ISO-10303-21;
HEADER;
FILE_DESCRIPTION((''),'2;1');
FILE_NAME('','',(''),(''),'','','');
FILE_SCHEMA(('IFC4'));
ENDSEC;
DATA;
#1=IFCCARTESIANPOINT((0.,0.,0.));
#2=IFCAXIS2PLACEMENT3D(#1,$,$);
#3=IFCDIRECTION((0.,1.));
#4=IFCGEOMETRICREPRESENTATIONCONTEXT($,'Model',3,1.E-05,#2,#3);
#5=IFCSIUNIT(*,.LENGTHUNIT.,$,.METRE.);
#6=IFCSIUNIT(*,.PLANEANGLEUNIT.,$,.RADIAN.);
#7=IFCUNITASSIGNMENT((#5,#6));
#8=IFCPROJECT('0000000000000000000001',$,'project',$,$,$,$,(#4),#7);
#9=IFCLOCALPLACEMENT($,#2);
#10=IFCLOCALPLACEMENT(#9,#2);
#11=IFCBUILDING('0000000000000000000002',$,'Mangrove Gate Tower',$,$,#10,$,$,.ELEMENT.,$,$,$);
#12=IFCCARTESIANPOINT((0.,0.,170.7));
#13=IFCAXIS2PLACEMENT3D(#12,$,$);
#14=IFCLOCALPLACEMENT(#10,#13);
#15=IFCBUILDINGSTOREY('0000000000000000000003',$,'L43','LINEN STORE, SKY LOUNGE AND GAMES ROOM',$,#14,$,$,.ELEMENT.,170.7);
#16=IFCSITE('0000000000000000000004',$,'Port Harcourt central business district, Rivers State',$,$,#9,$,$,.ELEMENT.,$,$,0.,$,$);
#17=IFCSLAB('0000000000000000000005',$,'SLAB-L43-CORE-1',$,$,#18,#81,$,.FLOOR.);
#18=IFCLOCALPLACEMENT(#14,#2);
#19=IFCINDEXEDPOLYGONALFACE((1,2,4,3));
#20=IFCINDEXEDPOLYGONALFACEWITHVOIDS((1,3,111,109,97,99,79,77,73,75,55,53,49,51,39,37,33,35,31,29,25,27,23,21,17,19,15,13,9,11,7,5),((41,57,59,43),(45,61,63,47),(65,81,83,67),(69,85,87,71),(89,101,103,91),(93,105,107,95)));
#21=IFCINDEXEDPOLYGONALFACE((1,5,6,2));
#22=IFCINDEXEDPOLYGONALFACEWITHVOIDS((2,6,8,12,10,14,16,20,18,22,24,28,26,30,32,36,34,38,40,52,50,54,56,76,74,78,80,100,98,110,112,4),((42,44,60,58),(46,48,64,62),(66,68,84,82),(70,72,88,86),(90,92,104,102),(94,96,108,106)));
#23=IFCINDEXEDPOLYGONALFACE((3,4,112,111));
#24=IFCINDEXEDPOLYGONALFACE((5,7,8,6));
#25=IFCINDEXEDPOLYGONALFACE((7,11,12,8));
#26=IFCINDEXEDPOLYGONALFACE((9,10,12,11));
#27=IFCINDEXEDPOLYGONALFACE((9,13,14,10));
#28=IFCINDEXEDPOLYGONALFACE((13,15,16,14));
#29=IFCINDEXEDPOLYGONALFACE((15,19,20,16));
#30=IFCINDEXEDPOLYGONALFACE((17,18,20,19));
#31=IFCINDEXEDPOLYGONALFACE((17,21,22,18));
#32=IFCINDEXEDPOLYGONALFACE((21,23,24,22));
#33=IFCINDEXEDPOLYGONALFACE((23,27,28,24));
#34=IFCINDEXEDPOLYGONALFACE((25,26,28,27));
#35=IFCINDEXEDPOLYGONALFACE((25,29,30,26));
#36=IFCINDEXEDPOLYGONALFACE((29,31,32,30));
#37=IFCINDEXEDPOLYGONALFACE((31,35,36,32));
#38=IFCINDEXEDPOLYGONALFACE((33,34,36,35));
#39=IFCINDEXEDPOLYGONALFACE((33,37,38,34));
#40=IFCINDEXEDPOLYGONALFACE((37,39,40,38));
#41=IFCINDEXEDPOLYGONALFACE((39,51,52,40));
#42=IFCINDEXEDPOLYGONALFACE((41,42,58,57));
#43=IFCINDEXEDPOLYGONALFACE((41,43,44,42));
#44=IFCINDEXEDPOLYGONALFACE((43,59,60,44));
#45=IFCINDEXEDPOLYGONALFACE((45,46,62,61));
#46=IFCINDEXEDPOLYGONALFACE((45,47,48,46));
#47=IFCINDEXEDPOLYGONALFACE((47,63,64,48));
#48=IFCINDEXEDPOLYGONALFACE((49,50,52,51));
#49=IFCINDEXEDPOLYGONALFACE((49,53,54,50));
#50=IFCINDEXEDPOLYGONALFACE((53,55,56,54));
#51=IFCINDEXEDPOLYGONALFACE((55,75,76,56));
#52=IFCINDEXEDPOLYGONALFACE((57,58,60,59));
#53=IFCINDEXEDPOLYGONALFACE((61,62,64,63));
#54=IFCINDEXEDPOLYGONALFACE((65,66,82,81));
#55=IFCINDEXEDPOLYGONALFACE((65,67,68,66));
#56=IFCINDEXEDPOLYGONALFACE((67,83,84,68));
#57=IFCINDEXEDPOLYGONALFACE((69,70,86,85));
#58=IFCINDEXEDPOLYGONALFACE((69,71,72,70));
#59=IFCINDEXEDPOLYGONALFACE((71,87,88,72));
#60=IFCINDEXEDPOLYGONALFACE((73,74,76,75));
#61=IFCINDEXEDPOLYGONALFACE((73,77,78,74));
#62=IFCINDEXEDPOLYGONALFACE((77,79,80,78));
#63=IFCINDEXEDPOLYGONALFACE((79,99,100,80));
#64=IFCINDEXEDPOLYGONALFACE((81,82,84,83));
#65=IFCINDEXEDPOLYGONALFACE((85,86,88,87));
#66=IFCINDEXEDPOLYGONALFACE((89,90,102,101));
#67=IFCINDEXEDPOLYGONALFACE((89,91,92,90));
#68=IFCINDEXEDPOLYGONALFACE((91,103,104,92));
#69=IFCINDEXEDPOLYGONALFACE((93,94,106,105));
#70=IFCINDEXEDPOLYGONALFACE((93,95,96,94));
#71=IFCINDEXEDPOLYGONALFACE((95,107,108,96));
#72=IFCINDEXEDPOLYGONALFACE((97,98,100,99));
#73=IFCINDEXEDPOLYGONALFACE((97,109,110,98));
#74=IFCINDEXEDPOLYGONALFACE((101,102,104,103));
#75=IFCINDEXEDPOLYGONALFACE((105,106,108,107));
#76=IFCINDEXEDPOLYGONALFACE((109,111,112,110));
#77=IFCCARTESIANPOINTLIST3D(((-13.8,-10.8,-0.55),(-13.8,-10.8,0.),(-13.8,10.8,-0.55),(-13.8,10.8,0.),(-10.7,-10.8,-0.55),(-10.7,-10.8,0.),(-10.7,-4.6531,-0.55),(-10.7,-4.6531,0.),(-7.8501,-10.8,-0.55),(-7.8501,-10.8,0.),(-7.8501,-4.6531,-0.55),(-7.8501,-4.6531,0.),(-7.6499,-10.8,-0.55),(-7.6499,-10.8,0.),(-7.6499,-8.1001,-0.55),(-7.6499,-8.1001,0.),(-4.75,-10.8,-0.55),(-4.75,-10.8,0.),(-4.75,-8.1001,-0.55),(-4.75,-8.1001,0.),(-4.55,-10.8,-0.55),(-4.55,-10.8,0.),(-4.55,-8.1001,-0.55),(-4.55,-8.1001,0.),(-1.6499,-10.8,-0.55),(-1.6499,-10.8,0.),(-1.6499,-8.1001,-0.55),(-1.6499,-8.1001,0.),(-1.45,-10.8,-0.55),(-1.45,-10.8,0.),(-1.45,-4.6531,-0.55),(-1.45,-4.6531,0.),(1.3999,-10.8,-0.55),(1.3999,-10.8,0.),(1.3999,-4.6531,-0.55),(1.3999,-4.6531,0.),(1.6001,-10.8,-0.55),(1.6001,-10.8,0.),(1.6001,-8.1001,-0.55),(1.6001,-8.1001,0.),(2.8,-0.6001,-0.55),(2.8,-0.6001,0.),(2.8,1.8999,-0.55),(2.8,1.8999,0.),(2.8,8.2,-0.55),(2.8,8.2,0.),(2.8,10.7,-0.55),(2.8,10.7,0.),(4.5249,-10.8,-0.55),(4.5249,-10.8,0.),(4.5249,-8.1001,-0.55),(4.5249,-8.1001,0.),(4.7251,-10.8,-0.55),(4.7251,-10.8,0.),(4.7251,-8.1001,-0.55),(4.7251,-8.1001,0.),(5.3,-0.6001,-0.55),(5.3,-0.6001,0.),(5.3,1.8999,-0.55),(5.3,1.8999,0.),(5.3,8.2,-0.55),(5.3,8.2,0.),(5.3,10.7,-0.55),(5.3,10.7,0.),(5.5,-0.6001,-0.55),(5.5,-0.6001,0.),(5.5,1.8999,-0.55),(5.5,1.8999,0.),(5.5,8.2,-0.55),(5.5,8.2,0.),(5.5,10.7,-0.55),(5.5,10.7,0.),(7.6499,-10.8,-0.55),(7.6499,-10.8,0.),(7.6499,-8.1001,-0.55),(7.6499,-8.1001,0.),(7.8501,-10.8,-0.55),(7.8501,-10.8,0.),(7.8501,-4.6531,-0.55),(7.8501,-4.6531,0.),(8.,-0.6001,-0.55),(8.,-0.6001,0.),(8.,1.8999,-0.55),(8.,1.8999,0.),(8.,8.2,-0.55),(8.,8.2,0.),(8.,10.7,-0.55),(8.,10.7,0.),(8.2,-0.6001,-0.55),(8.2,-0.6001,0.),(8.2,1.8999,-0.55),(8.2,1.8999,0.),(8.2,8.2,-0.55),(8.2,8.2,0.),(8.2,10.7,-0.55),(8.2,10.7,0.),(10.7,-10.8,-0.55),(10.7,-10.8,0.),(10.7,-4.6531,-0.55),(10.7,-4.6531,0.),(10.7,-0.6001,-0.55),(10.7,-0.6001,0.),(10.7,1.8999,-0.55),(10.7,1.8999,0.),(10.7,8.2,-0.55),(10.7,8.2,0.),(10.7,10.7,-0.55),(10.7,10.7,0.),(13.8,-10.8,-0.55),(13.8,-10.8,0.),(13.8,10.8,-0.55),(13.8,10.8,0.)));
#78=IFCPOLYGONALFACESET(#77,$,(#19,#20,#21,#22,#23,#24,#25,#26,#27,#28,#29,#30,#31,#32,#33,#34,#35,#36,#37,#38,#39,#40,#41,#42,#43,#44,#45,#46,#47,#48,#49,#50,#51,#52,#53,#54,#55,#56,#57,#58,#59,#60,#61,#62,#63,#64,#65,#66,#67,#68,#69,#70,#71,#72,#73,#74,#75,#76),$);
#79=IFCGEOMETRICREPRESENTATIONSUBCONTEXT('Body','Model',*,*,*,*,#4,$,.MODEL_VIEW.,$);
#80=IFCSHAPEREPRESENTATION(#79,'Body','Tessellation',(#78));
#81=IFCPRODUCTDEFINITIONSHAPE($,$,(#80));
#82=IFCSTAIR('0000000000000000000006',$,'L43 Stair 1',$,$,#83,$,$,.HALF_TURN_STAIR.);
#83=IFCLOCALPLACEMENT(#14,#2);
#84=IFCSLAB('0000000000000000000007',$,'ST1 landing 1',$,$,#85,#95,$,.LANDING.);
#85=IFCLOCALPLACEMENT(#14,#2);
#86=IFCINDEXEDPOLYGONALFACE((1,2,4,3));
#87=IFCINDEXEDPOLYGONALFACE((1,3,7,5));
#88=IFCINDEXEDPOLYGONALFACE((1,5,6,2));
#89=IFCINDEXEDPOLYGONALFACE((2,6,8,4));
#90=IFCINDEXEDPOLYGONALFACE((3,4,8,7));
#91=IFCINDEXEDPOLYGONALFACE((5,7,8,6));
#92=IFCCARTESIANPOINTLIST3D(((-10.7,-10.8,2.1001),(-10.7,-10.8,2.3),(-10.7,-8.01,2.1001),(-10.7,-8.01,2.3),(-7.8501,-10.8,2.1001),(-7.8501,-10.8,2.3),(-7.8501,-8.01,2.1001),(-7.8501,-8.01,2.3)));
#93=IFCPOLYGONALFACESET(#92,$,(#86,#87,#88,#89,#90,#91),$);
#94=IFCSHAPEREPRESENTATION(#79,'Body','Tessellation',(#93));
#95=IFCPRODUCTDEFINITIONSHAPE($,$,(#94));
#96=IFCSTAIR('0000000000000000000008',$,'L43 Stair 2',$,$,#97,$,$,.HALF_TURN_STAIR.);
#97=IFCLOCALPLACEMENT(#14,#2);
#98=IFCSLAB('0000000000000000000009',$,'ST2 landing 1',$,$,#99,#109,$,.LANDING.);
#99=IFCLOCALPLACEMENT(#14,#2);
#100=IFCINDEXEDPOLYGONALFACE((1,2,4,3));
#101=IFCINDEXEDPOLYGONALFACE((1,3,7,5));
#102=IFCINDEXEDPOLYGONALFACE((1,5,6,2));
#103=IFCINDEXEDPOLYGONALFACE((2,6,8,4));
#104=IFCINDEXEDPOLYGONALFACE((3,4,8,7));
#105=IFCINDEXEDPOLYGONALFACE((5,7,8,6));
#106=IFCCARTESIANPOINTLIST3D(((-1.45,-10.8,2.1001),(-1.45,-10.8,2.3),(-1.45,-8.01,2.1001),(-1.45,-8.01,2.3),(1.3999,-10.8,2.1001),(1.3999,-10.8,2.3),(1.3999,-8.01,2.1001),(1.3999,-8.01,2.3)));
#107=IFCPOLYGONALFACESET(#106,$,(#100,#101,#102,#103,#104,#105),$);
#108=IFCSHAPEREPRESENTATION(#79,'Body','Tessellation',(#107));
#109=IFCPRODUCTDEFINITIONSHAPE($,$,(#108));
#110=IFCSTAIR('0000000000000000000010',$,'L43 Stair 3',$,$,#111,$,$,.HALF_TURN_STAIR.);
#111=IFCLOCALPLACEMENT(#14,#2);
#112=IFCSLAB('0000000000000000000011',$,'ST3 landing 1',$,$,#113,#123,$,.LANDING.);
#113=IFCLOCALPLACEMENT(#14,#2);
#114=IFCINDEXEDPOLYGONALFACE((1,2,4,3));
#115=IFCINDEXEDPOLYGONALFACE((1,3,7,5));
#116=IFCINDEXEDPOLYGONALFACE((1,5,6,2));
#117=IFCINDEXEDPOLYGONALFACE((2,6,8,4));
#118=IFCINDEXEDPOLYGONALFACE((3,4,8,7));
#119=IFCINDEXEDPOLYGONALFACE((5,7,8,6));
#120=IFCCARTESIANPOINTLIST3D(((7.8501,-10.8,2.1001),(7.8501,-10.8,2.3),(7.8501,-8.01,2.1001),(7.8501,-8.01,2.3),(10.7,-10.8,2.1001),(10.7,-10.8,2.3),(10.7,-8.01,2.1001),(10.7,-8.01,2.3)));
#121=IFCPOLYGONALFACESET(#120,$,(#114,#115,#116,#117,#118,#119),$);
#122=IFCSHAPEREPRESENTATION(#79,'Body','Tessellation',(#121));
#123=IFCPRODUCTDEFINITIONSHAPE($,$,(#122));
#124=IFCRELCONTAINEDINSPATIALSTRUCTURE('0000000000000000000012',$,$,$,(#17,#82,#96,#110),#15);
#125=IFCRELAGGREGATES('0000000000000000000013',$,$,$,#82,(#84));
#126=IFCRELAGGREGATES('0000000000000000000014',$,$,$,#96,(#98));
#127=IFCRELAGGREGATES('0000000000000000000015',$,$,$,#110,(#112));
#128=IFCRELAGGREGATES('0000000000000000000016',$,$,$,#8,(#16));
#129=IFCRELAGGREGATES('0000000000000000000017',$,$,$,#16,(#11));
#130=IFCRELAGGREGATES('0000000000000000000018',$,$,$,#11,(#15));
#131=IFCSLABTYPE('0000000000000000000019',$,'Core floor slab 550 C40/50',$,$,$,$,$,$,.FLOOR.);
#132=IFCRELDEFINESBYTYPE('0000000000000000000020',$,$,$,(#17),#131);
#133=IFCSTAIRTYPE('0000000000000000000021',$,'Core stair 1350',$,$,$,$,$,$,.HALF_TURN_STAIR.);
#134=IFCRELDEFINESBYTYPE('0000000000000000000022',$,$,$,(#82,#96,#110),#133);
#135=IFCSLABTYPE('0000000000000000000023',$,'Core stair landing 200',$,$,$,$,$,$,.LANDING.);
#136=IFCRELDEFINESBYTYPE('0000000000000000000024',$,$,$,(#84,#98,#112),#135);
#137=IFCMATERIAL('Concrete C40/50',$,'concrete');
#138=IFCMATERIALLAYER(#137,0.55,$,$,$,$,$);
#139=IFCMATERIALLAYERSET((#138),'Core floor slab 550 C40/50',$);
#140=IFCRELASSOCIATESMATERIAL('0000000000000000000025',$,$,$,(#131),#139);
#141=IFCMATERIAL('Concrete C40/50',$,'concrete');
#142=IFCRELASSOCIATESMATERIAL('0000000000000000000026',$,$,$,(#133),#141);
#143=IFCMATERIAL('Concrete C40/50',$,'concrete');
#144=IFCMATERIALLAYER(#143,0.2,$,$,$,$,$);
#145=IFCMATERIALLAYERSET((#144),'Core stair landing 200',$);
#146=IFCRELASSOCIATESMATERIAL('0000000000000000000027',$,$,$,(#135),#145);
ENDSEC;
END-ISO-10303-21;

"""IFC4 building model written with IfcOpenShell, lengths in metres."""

from ifc_helpers import new_model, si_unit, direction, frame, origin, place, context, subcontext, project, spatial, polyline, outline, extrude, material, layer, layer_set, type_object, element, aggregate, save


model = new_model("IFC4")

# Units and contexts
model_context = context("Model", 3, precision=1e-05, world=origin(), true_north=direction((0.0, 1.0)))
body_context = subcontext(model_context, "Body", "Model", "MODEL_VIEW")
ifc_project = project(units=[si_unit("LENGTHUNIT", "METRE"), si_unit("PLANEANGLEUNIT", "RADIAN")], contexts=[model_context])

# Site, building, storey
site_placement = place(None, origin())
site = spatial("IfcSite", under=ifc_project, at=site_placement, Name="Port Harcourt central business district, Rivers State", CompositionType="ELEMENT", RefElevation=0.0)
building_placement = place(site_placement, origin())
building = spatial("IfcBuilding", under=site, at=building_placement, Name="Mangrove Gate Tower", CompositionType="ELEMENT")
storey_placement = place(building_placement, frame((0.0, 0.0, 170.7)))
storey = spatial("IfcBuildingStorey", under=building, at=storey_placement, Name="L43", Description="LINEN STORE, SKY LOUNGE AND GAMES ROOM", CompositionType="ELEMENT", Elevation=170.7)

# Slab
ifc_material_1 = material(Name="Concrete C40/50", Category="concrete")
ifc_layer_1 = layer(ifc_material_1, 0.55)
ifc_layer_set_1 = layer_set([ifc_layer_1], Name="Core floor slab 550 C40/50")
slab_type_1 = type_object("IfcSlabType", Name="Core floor slab 550 C40/50", PredefinedType="FLOOR", material=ifc_layer_set_1)
slab_1_placement = place(storey_placement, frame((0.0, 0.0, -0.55)))
element("IfcSlab", 1, at=slab_1_placement, inside=storey, type_object=slab_type_1, Name="SLAB-L43-CORE-1", PredefinedType="FLOOR", context=body_context, shape_type="SweptSolid", body=[
    extrude(outline(polyline([(-13.8, -10.8), (-13.8, 10.8), (13.8, 10.8), (13.8, -10.8), (10.7, -10.8), (10.7, -4.6531), (7.8501, -4.6531), (7.8501, -10.8), (7.6499, -10.8), (7.6499, -8.1001), (4.7251, -8.1001), (4.7251, -10.8), (4.5249, -10.8), (4.5249, -8.1001), (1.6001, -8.1001), (1.6001, -10.8), (1.3999, -10.8), (1.3999, -4.6531), (-1.45, -4.6531), (-1.45, -10.8), (-1.6499, -10.8), (-1.6499, -8.1001), (-4.55, -8.1001), (-4.55, -10.8), (-4.75, -10.8), (-4.75, -8.1001), (-7.6499, -8.1001), (-7.6499, -10.8), (-7.8501, -10.8), (-7.8501, -4.6531), (-10.7, -4.6531), (-10.7, -10.8), (-13.8, -10.8)]), holes=[polyline([(5.3, -0.6001), (5.3, 1.8999), (2.8, 1.8999), (2.8, -0.6001), (5.3, -0.6001)]), polyline([(5.3, 10.7), (2.8, 10.7), (2.8, 8.2), (5.3, 8.2), (5.3, 10.7)]), polyline([(8.0, -0.6001), (8.0, 1.8999), (5.5, 1.8999), (5.5, -0.6001), (8.0, -0.6001)]), polyline([(10.7, -0.6001), (10.7, 1.8999), (8.2, 1.8999), (8.2, -0.6001), (10.7, -0.6001)]), polyline([(8.0, 8.2), (8.0, 10.7), (5.5, 10.7), (5.5, 8.2), (8.0, 8.2)]), polyline([(10.7, 8.2), (10.7, 10.7), (8.2, 10.7), (8.2, 8.2), (10.7, 8.2)])]), origin(), (0.0, 0.0, 1.0), 0.55),
])

# Stairs, slabs
ifc_material_2 = material(Name="Concrete C40/50", Category="concrete")
stair_type = type_object("IfcStairType", Name="Core stair 1350", PredefinedType="HALF_TURN_STAIR", material=ifc_material_2)
stair_1_placement = place(storey_placement, origin())
stair_1 = element("IfcStair", 2, at=stair_1_placement, inside=storey, type_object=stair_type, Name="L43 Stair 1", PredefinedType="HALF_TURN_STAIR")
ifc_material_3 = material(Name="Concrete C40/50", Category="concrete")
ifc_layer_2 = layer(ifc_material_3, 0.2)
ifc_layer_set_2 = layer_set([ifc_layer_2], Name="Core stair landing 200")
slab_type_2 = type_object("IfcSlabType", Name="Core stair landing 200", PredefinedType="LANDING", material=ifc_layer_set_2)
slab_2_placement = place(storey_placement, frame((0.0, 0.0, 2.1001)))
slab_2 = element("IfcSlab", 3, at=slab_2_placement, type_object=slab_type_2, Name="ST1 landing 1", PredefinedType="LANDING", context=body_context, shape_type="SweptSolid", body=[
    extrude(outline(polyline([(-10.7, -8.01), (-10.7, -10.8), (-7.8501, -10.8), (-7.8501, -8.01), (-10.7, -8.01)])), origin(), (0.0, 0.0, 1.0), 0.2),
])
aggregate(stair_1, [slab_2])
stair_2_placement = place(storey_placement, origin())
stair_2 = element("IfcStair", 4, at=stair_2_placement, inside=storey, type_object=stair_type, Name="L43 Stair 2", PredefinedType="HALF_TURN_STAIR")
slab_3_placement = place(storey_placement, frame((0.0, 0.0, 2.1001)))
slab_3 = element("IfcSlab", 5, at=slab_3_placement, type_object=slab_type_2, Name="ST2 landing 1", PredefinedType="LANDING", context=body_context, shape_type="SweptSolid", body=[
    extrude(outline(polyline([(-1.45, -8.01), (-1.45, -10.8), (1.3999, -10.8), (1.3999, -8.01), (-1.45, -8.01)])), origin(), (0.0, 0.0, 1.0), 0.2),
])
aggregate(stair_2, [slab_3])
stair_3_placement = place(storey_placement, origin())
stair_3 = element("IfcStair", 6, at=stair_3_placement, inside=storey, type_object=stair_type, Name="L43 Stair 3", PredefinedType="HALF_TURN_STAIR")
slab_4_placement = place(storey_placement, frame((0.0, 0.0, 2.1001)))
slab_4 = element("IfcSlab", 7, at=slab_4_placement, type_object=slab_type_2, Name="ST3 landing 1", PredefinedType="LANDING", context=body_context, shape_type="SweptSolid", body=[
    extrude(outline(polyline([(7.8501, -8.01), (7.8501, -10.8), (10.7, -10.8), (10.7, -8.01), (7.8501, -8.01)])), origin(), (0.0, 0.0, 1.0), 0.2),
])
aggregate(stair_3, [slab_4])

save(model, "model.ifc")
